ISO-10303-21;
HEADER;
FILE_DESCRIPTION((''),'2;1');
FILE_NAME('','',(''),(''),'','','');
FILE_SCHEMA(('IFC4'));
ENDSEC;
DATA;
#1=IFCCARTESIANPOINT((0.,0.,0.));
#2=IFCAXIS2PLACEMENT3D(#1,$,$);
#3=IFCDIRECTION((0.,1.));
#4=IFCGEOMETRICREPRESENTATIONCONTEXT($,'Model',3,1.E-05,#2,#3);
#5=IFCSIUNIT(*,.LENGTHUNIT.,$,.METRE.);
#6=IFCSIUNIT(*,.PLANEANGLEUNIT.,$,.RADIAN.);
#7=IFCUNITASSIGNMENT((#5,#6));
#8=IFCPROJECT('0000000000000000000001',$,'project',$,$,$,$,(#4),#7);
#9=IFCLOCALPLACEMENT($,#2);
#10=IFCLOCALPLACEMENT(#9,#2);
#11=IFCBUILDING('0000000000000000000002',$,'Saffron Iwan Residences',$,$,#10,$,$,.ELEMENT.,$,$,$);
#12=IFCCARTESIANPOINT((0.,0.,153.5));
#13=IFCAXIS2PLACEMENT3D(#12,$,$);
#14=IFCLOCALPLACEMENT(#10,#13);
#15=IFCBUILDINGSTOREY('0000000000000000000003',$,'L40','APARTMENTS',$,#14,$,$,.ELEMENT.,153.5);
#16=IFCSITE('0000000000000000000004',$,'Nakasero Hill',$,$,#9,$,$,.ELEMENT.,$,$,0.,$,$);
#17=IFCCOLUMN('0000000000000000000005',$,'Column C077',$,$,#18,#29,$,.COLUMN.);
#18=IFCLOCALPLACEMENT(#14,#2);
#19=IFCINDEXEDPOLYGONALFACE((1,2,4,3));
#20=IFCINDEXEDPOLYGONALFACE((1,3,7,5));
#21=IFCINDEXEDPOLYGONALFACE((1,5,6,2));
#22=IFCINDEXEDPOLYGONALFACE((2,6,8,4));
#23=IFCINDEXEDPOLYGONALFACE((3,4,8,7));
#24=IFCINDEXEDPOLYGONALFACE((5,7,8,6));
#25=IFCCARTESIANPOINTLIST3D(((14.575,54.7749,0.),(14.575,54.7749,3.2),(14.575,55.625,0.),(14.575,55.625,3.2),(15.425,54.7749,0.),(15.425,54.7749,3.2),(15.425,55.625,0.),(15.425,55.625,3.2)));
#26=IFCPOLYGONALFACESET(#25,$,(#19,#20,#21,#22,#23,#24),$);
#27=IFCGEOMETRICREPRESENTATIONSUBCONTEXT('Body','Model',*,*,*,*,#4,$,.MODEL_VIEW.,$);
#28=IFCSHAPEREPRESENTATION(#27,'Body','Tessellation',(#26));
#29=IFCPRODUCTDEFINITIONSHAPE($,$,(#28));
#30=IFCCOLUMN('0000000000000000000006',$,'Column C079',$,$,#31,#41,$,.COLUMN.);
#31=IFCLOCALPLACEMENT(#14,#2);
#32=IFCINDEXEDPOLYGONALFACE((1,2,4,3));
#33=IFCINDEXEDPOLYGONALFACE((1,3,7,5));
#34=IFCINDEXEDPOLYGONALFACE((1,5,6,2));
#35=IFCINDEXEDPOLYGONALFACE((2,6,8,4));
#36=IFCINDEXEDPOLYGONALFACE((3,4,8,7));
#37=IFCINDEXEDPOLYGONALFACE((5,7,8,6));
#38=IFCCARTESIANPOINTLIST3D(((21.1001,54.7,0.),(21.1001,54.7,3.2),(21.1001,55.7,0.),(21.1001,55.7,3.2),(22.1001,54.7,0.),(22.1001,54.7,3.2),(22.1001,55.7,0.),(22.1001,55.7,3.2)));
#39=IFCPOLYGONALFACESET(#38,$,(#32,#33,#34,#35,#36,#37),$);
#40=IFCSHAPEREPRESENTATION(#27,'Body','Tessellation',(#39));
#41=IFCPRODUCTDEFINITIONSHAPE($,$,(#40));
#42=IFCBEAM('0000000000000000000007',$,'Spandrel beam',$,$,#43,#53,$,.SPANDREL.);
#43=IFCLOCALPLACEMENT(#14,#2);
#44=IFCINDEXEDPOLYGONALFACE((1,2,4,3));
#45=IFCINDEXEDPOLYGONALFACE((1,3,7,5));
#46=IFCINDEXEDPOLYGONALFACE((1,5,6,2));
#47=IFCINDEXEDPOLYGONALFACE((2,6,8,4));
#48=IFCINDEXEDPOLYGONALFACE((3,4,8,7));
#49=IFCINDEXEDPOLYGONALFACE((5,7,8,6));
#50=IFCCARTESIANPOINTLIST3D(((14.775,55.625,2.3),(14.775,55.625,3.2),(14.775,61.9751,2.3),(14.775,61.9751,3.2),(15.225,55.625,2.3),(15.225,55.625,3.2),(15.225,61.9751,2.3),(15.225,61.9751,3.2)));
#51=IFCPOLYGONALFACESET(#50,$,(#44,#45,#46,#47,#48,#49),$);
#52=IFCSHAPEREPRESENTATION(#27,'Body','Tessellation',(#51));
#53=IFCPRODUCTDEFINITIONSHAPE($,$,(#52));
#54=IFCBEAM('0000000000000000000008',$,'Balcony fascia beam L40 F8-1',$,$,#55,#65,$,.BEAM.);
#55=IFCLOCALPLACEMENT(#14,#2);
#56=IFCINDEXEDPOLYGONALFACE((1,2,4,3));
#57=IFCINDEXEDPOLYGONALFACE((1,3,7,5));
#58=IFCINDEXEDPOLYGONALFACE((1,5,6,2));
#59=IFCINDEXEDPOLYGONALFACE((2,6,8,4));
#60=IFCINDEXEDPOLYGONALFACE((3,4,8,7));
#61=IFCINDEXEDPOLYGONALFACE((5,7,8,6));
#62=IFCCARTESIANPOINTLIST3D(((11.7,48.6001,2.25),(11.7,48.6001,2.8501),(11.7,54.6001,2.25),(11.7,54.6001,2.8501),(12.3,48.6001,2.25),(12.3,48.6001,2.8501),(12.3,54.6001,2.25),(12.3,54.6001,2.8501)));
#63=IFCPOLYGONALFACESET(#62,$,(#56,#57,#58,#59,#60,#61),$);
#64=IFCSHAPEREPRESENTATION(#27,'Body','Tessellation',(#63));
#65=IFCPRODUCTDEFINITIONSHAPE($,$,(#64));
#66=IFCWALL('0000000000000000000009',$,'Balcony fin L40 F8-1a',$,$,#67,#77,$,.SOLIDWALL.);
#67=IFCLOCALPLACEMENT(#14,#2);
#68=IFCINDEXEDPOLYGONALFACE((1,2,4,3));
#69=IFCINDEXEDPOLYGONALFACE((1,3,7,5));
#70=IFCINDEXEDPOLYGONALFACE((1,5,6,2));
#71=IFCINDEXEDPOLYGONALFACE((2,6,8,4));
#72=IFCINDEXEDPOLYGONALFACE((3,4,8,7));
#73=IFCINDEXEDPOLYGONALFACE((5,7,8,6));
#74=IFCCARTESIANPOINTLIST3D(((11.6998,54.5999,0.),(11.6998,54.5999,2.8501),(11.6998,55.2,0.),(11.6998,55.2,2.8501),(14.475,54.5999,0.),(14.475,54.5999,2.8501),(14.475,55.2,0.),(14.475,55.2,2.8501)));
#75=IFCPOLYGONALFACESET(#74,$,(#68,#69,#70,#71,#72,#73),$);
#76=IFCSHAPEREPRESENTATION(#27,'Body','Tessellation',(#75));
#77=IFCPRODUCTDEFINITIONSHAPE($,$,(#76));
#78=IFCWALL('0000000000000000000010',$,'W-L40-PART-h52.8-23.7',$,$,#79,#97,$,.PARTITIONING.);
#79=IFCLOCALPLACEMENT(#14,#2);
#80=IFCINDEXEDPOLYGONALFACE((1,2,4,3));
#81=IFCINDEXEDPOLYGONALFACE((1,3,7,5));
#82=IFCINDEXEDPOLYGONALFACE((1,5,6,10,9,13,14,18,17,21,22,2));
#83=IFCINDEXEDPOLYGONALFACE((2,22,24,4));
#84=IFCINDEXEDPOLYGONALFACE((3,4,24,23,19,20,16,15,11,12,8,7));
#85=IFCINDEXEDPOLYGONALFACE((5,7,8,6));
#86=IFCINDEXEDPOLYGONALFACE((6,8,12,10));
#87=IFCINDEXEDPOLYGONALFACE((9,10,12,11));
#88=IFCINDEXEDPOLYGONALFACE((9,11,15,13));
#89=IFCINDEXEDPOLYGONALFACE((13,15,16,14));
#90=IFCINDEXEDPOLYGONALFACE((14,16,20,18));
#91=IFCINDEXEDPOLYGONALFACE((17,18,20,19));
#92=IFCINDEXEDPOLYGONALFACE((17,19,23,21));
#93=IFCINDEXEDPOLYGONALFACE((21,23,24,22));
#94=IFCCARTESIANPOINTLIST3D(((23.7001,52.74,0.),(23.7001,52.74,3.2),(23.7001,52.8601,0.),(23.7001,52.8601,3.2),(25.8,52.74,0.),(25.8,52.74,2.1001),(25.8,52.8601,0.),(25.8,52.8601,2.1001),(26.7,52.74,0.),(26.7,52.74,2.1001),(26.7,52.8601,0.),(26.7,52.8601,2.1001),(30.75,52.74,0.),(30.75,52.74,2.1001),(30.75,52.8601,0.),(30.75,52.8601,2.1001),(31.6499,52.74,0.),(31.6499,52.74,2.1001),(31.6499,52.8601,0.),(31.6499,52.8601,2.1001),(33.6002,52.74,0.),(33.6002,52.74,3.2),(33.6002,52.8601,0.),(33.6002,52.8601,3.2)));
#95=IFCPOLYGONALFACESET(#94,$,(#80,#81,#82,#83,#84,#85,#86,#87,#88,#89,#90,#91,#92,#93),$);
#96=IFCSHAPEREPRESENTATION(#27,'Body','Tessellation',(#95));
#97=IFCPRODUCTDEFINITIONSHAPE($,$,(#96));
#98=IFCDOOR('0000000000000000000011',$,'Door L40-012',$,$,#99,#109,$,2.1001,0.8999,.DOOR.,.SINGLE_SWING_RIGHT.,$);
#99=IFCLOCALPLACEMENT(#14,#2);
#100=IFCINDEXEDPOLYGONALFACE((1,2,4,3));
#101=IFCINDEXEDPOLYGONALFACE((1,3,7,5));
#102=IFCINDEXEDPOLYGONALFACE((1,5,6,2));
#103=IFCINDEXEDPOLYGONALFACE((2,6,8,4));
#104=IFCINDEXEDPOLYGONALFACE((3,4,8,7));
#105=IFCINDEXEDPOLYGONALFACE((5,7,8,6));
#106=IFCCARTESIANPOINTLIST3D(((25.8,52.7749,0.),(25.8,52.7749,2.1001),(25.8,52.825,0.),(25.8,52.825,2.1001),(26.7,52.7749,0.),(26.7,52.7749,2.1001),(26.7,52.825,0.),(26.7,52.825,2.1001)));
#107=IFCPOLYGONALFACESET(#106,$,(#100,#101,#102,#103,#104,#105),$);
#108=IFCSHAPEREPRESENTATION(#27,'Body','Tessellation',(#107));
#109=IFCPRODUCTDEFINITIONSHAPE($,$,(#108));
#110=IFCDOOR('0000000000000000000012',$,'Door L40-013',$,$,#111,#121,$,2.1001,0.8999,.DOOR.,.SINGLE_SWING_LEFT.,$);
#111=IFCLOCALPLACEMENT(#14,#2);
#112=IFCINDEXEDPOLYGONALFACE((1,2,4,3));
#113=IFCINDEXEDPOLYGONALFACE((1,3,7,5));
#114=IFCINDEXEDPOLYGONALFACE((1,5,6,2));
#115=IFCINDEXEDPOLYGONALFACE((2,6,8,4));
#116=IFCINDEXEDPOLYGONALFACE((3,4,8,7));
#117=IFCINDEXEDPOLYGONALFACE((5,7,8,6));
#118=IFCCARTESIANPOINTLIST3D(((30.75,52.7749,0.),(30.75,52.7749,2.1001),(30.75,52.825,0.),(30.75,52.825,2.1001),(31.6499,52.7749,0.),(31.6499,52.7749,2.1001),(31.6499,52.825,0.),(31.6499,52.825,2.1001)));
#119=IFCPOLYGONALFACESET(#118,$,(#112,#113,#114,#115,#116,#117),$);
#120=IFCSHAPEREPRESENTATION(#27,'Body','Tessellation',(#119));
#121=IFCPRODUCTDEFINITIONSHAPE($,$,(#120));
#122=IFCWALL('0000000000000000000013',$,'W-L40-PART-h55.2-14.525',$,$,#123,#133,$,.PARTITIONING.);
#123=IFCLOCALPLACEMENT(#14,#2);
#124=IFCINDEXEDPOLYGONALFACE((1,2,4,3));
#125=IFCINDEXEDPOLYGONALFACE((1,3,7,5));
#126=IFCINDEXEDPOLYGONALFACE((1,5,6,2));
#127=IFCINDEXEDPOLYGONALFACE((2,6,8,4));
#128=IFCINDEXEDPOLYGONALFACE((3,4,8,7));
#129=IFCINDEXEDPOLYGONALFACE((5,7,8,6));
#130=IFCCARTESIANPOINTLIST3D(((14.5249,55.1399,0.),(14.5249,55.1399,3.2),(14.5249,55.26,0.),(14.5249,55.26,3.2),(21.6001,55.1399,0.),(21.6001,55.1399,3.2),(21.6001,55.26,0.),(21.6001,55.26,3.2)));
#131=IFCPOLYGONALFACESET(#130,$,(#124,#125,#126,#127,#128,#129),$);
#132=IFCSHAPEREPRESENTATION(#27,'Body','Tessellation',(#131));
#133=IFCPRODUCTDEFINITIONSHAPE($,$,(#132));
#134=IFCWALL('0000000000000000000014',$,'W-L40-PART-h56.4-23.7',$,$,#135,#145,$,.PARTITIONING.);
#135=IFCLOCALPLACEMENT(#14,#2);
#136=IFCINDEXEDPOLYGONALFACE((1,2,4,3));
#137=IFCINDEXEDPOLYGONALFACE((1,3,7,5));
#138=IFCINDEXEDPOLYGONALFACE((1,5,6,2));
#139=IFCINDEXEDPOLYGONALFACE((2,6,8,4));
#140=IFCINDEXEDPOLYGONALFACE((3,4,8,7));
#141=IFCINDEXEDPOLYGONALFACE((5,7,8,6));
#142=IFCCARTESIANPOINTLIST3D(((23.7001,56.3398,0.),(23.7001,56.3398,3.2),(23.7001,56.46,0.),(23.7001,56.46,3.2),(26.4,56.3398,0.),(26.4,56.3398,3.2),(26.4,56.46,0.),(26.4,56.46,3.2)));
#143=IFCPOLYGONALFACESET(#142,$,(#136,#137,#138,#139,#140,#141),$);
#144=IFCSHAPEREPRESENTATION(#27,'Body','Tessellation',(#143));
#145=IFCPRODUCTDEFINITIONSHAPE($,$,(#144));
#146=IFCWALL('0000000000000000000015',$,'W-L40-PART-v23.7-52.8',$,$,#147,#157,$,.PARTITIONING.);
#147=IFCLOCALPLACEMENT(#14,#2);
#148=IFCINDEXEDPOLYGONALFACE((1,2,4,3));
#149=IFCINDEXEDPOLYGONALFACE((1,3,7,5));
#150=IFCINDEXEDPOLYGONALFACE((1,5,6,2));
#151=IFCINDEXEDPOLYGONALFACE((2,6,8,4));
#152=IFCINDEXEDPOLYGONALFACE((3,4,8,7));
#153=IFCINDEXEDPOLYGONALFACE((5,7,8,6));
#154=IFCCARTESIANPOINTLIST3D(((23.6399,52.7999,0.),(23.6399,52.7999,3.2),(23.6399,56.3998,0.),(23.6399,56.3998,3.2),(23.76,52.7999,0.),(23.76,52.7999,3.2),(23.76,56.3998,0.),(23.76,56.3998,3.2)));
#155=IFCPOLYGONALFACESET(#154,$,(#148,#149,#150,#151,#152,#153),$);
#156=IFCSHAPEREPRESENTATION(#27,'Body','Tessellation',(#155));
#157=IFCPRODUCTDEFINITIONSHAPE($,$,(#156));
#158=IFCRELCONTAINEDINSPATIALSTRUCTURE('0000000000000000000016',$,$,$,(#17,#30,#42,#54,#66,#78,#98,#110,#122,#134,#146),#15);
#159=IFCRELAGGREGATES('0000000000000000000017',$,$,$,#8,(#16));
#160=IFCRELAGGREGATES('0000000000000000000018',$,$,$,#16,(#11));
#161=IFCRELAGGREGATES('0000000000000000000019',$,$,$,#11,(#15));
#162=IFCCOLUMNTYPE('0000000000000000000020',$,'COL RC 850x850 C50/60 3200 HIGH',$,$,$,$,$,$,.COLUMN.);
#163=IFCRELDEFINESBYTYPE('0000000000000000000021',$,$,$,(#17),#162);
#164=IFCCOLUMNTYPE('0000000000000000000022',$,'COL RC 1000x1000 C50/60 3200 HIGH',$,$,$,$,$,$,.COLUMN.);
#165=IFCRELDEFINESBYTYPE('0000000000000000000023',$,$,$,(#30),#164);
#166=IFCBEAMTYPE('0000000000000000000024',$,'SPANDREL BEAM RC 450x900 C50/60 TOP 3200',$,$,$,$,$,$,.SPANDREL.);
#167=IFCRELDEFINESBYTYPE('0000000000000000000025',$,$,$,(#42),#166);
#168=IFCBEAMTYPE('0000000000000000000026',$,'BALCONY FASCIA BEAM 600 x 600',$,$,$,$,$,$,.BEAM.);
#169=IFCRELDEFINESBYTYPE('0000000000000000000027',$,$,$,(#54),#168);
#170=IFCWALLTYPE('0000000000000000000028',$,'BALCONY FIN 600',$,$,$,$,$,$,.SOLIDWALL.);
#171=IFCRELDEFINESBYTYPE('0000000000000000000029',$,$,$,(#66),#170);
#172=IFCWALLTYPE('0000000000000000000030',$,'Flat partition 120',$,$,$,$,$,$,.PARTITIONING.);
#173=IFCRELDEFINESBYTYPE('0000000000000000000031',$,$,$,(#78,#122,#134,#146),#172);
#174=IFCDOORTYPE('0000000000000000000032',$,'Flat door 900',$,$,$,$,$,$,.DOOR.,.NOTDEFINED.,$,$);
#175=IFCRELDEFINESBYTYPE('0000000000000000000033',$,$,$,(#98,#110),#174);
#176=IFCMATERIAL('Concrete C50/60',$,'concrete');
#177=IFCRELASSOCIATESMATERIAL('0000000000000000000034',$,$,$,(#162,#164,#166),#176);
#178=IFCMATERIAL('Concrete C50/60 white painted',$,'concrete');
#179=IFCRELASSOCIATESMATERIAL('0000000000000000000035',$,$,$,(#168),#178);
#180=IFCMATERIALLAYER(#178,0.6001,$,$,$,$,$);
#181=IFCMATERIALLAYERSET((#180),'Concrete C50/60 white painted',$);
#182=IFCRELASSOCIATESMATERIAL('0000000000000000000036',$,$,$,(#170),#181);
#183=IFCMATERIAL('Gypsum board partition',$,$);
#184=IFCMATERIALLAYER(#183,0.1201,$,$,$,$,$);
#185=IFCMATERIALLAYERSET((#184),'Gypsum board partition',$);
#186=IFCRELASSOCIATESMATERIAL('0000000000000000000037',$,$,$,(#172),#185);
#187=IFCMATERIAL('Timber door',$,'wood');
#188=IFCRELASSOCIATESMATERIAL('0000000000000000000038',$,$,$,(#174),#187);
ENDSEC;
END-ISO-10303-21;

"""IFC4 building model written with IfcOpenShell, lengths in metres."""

from ifc_helpers import new_model, si_unit, direction, frame, frame_2d, origin, origin_2d, place, context, subcontext, project, spatial, rectangle, extrude, source, transform, mapped, material, layer, layer_set, material_profile, profile_set, type_object, element, fill, save


model = new_model("IFC4")

# Units and contexts
model_context = context("Model", 3, precision=1e-05, world=origin(), true_north=direction((0.0, 1.0)))
body_context = subcontext(model_context, "Body", "Model", "MODEL_VIEW")
ifc_project = project(units=[si_unit("LENGTHUNIT", "METRE"), si_unit("PLANEANGLEUNIT", "RADIAN")], contexts=[model_context])

# Site, building, storey
site_placement = place(None, origin())
site = spatial("IfcSite", under=ifc_project, at=site_placement, Name="Nakasero Hill", CompositionType="ELEMENT", RefElevation=0.0)
building_placement = place(site_placement, origin())
building = spatial("IfcBuilding", under=site, at=building_placement, Name="Saffron Iwan Residences", CompositionType="ELEMENT")
storey_placement = place(building_placement, frame((0.0, 0.0, 153.5)))
storey = spatial("IfcBuildingStorey", under=building, at=storey_placement, Name="L40", Description="APARTMENTS", CompositionType="ELEMENT", Elevation=153.5)

# Columns
ifc_material_1 = material(Name="Concrete C50/60", Category="concrete")
ifc_material_profile_1 = material_profile(ifc_material_1, rectangle(XDim=0.8501, YDim=0.8501, at=origin_2d()), Name="RC 850x850")
ifc_profile_set_1 = profile_set([ifc_material_profile_1], Name="Concrete C50/60")
column_type_1 = type_object("IfcColumnType", Name="COL RC 850x850 C50/60 3200 HIGH", PredefinedType="COLUMN", material=ifc_profile_set_1)
shared_shape_1 = source(origin(), body_context, "Body", "SweptSolid", [
    extrude(rectangle(XDim=0.8501, YDim=0.8501, at=origin_2d()), origin(), (0.0, 0.0, 1.0), 3.2),
])
column_1_placement = place(storey_placement, frame((15.0, 55.2, 0.0), z_axis=(0.0, 0.0, 1.0), x_axis=(1.0, 0.0, 0.0)))
element("IfcColumn", 1, at=column_1_placement, inside=storey, type_object=column_type_1, Name="Column C077", PredefinedType="COLUMN", context=body_context, shape_type="MappedRepresentation", body=[
    mapped(shared_shape_1, transform((0.0, 0.0, 0.0))),
])
ifc_material_profile_2 = material_profile(ifc_material_1, rectangle(XDim=1.0, YDim=1.0, at=origin_2d()), Name="RC 1000x1000")
ifc_profile_set_2 = profile_set([ifc_material_profile_2], Name="Concrete C50/60")
column_type_2 = type_object("IfcColumnType", Name="COL RC 1000x1000 C50/60 3200 HIGH", PredefinedType="COLUMN", material=ifc_profile_set_2)
shared_shape_2 = source(origin(), body_context, "Body", "SweptSolid", [
    extrude(rectangle(XDim=1.0, YDim=1.0, at=origin_2d()), origin(), (0.0, 0.0, 1.0), 3.2),
])
column_2_placement = place(storey_placement, frame((21.6001, 55.2, 0.0), z_axis=(0.0, 0.0, 1.0), x_axis=(1.0, 0.0, 0.0)))
element("IfcColumn", 2, at=column_2_placement, inside=storey, type_object=column_type_2, Name="Column C079", PredefinedType="COLUMN", context=body_context, shape_type="MappedRepresentation", body=[
    mapped(shared_shape_2, transform((0.0, 0.0, 0.0))),
])

# Beams
ifc_material_profile_3 = material_profile(ifc_material_1, rectangle(XDim=0.45, YDim=0.8999, at=origin_2d()), Name="RC 450x900")
ifc_profile_set_3 = profile_set([ifc_material_profile_3], Name="Concrete C50/60")
beam_type_1 = type_object("IfcBeamType", Name="SPANDREL BEAM RC 450x900 C50/60 TOP 3200", PredefinedType="SPANDREL", material=ifc_profile_set_3)
shared_shape_3 = source(origin(), body_context, "Body", "SweptSolid", [
    extrude(rectangle(XDim=0.45, YDim=0.8999, at=origin_2d()), origin(), (0.0, 0.0, 1.0), 6.3501),
])
beam_1_placement = place(storey_placement, frame((15.0, 55.625, 2.75), z_axis=(0.0, 1.0, 0.0), x_axis=(-1.0, 0.0, 0.0)))
element("IfcBeam", 3, at=beam_1_placement, inside=storey, type_object=beam_type_1, Name="Spandrel beam", PredefinedType="SPANDREL", context=body_context, shape_type="MappedRepresentation", body=[
    mapped(shared_shape_3, transform((0.0, 0.0, 0.0))),
])
ifc_material_2 = material(Name="Concrete C50/60 white painted", Category="concrete")
ifc_material_profile_4 = material_profile(ifc_material_2, rectangle(XDim=0.6001, YDim=0.6001, at=origin_2d()), Name="BALCONY FASCIA BEAM 600 x 600")
ifc_profile_set_4 = profile_set([ifc_material_profile_4], Name="Concrete C50/60 white painted")
beam_type_2 = type_object("IfcBeamType", Name="BALCONY FASCIA BEAM 600 x 600", PredefinedType="BEAM", material=ifc_profile_set_4)
shared_shape_4 = source(origin(), body_context, "Body", "SweptSolid", [
    extrude(rectangle(XDim=0.6001, YDim=0.6001, at=origin_2d()), origin(), (0.0, 0.0, 1.0), 6.0),
])
beam_2_placement = place(storey_placement, frame((12.0, 54.6001, 2.55), z_axis=(0.0, -1.0, 0.0), x_axis=(1.0, 0.0, 0.0)))
element("IfcBeam", 4, at=beam_2_placement, inside=storey, type_object=beam_type_2, Name="Balcony fascia beam L40 F8-1", PredefinedType="BEAM", context=body_context, shape_type="MappedRepresentation", body=[
    mapped(shared_shape_4, transform((0.0, 0.0, 0.0))),
])

# Wall
ifc_layer_1 = layer(ifc_material_2, 0.6001)
ifc_layer_set_1 = layer_set([ifc_layer_1], Name="Concrete C50/60 white painted")
wall_type_1 = type_object("IfcWallType", Name="BALCONY FIN 600", PredefinedType="SOLIDWALL", material=ifc_layer_set_1)
wall_1_placement = place(storey_placement, frame((14.4751, 54.8999, 0.0), z_axis=(0.0, 0.0, 1.0), x_axis=(-1.0, 0.0, 0.0)))
element("IfcWall", 5, at=wall_1_placement, inside=storey, type_object=wall_type_1, Name="Balcony fin L40 F8-1a", PredefinedType="SOLIDWALL", context=body_context, shape_type="SweptSolid", body=[
    extrude(rectangle(XDim=2.7751, YDim=0.6001, at=frame_2d((1.3877, 0.0))), origin(), (0.0, 0.0, 1.0), 2.8501),
])

# Wall, openings, doors
ifc_material_3 = material(Name="Gypsum board partition")
ifc_layer_2 = layer(ifc_material_3, 0.1201)
ifc_layer_set_2 = layer_set([ifc_layer_2], Name="Gypsum board partition")
wall_type_2 = type_object("IfcWallType", Name="Flat partition 120", PredefinedType="PARTITIONING", material=ifc_layer_set_2)
wall_2_placement = place(storey_placement, frame((23.7, 52.8, 0.0), z_axis=(0.0, 0.0, 1.0), x_axis=(1.0, 0.0, 0.0)))
wall_2 = element("IfcWall", 6, at=wall_2_placement, inside=storey, type_object=wall_type_2, Name="W-L40-PART-h52.8-23.7", PredefinedType="PARTITIONING", context=body_context, shape_type="SweptSolid", body=[
    extrude(rectangle(XDim=9.9001, YDim=0.1201, at=frame_2d((4.9502, 0.0))), origin(), (0.0, 0.0, 1.0), 3.2),
])
opening_1_placement = place(wall_2_placement, frame((2.1001, 0.0, 0.0)))
opening_1 = element("IfcOpeningElement", 7, at=opening_1_placement, cuts=wall_2, PredefinedType="OPENING", context=body_context, shape_type="SweptSolid", body=[
    extrude(rectangle(XDim=0.8999, YDim=2.1001, at=frame_2d((0.45, 1.05))), frame((0.0, 0.0701, 0.0), z_axis=(0.0, -1.0, 0.0), x_axis=(1.0, 0.0, 0.0)), (0.0, 0.0, 1.0), 0.1401),
])
opening_2_placement = place(wall_2_placement, frame((7.05, 0.0, 0.0)))
opening_2 = element("IfcOpeningElement", 8, at=opening_2_placement, cuts=wall_2, PredefinedType="OPENING", context=body_context, shape_type="SweptSolid", body=[
    extrude(rectangle(XDim=0.8999, YDim=2.1001, at=frame_2d((0.45, 1.05))), frame((0.0, 0.0701, 0.0), z_axis=(0.0, -1.0, 0.0), x_axis=(1.0, 0.0, 0.0)), (0.0, 0.0, 1.0), 0.1401),
])
ifc_material_4 = material(Name="Timber door", Category="wood")
door_type_1 = type_object("IfcDoorType", Name="Flat door 900", OperationType="NOTDEFINED", PredefinedType="DOOR", material=ifc_material_4)
door_1_placement = place(opening_1_placement, origin())
door_1 = element("IfcDoor", 9, at=door_1_placement, inside=storey, type_object=door_type_1, Name="Door L40-012", OperationType="SINGLE_SWING_RIGHT", OverallHeight=2.1001, OverallWidth=0.8999, PredefinedType="DOOR", context=body_context, shape_type="SweptSolid", body=[
    extrude(rectangle(XDim=0.8999, YDim=2.1001, at=frame_2d((0.45, 1.05))), frame((0.0, 0.0249, 0.0), z_axis=(0.0, -1.0, 0.0), x_axis=(1.0, 0.0, 0.0)), (0.0, 0.0, 1.0), 0.05),
])
fill(opening_1, door_1)
door_2_placement = place(opening_2_placement, origin())
door_2 = element("IfcDoor", 10, at=door_2_placement, inside=storey, type_object=door_type_1, Name="Door L40-013", OperationType="SINGLE_SWING_LEFT", OverallHeight=2.1001, OverallWidth=0.8999, PredefinedType="DOOR", context=body_context, shape_type="SweptSolid", body=[
    extrude(rectangle(XDim=0.8999, YDim=2.1001, at=frame_2d((0.45, 1.05))), frame((0.0, 0.0249, 0.0), z_axis=(0.0, -1.0, 0.0), x_axis=(1.0, 0.0, 0.0)), (0.0, 0.0, 1.0), 0.05),
])
fill(opening_2, door_2)

# Walls
wall_3_placement = place(storey_placement, frame((14.5249, 55.2, 0.0), z_axis=(0.0, 0.0, 1.0), x_axis=(1.0, 0.0, 0.0)))
element("IfcWall", 11, at=wall_3_placement, inside=storey, type_object=wall_type_2, Name="W-L40-PART-h55.2-14.525", PredefinedType="PARTITIONING", context=body_context, shape_type="SweptSolid", body=[
    extrude(rectangle(XDim=7.0752, YDim=0.1201, at=frame_2d((3.5376, 0.0))), origin(), (0.0, 0.0, 1.0), 3.2),
])
wall_4_placement = place(storey_placement, frame((23.7, 56.3999, 0.0), z_axis=(0.0, 0.0, 1.0), x_axis=(1.0, 0.0, 0.0)))
element("IfcWall", 12, at=wall_4_placement, inside=storey, type_object=wall_type_2, Name="W-L40-PART-h56.4-23.7", PredefinedType="PARTITIONING", context=body_context, shape_type="SweptSolid", body=[
    extrude(rectangle(XDim=2.7, YDim=0.1201, at=frame_2d((1.3501, 0.0))), origin(), (0.0, 0.0, 1.0), 3.2),
])
wall_5_placement = place(storey_placement, frame((23.7, 52.8, 0.0), z_axis=(0.0, 0.0, 1.0), x_axis=(0.0, 1.0, 0.0)))
element("IfcWall", 13, at=wall_5_placement, inside=storey, type_object=wall_type_2, Name="W-L40-PART-v23.7-52.8", PredefinedType="PARTITIONING", context=body_context, shape_type="SweptSolid", body=[
    extrude(rectangle(XDim=3.5999, YDim=0.1201, at=frame_2d((1.7998, 0.0))), origin(), (0.0, 0.0, 1.0), 3.2),
])

save(model, "model.ifc")
